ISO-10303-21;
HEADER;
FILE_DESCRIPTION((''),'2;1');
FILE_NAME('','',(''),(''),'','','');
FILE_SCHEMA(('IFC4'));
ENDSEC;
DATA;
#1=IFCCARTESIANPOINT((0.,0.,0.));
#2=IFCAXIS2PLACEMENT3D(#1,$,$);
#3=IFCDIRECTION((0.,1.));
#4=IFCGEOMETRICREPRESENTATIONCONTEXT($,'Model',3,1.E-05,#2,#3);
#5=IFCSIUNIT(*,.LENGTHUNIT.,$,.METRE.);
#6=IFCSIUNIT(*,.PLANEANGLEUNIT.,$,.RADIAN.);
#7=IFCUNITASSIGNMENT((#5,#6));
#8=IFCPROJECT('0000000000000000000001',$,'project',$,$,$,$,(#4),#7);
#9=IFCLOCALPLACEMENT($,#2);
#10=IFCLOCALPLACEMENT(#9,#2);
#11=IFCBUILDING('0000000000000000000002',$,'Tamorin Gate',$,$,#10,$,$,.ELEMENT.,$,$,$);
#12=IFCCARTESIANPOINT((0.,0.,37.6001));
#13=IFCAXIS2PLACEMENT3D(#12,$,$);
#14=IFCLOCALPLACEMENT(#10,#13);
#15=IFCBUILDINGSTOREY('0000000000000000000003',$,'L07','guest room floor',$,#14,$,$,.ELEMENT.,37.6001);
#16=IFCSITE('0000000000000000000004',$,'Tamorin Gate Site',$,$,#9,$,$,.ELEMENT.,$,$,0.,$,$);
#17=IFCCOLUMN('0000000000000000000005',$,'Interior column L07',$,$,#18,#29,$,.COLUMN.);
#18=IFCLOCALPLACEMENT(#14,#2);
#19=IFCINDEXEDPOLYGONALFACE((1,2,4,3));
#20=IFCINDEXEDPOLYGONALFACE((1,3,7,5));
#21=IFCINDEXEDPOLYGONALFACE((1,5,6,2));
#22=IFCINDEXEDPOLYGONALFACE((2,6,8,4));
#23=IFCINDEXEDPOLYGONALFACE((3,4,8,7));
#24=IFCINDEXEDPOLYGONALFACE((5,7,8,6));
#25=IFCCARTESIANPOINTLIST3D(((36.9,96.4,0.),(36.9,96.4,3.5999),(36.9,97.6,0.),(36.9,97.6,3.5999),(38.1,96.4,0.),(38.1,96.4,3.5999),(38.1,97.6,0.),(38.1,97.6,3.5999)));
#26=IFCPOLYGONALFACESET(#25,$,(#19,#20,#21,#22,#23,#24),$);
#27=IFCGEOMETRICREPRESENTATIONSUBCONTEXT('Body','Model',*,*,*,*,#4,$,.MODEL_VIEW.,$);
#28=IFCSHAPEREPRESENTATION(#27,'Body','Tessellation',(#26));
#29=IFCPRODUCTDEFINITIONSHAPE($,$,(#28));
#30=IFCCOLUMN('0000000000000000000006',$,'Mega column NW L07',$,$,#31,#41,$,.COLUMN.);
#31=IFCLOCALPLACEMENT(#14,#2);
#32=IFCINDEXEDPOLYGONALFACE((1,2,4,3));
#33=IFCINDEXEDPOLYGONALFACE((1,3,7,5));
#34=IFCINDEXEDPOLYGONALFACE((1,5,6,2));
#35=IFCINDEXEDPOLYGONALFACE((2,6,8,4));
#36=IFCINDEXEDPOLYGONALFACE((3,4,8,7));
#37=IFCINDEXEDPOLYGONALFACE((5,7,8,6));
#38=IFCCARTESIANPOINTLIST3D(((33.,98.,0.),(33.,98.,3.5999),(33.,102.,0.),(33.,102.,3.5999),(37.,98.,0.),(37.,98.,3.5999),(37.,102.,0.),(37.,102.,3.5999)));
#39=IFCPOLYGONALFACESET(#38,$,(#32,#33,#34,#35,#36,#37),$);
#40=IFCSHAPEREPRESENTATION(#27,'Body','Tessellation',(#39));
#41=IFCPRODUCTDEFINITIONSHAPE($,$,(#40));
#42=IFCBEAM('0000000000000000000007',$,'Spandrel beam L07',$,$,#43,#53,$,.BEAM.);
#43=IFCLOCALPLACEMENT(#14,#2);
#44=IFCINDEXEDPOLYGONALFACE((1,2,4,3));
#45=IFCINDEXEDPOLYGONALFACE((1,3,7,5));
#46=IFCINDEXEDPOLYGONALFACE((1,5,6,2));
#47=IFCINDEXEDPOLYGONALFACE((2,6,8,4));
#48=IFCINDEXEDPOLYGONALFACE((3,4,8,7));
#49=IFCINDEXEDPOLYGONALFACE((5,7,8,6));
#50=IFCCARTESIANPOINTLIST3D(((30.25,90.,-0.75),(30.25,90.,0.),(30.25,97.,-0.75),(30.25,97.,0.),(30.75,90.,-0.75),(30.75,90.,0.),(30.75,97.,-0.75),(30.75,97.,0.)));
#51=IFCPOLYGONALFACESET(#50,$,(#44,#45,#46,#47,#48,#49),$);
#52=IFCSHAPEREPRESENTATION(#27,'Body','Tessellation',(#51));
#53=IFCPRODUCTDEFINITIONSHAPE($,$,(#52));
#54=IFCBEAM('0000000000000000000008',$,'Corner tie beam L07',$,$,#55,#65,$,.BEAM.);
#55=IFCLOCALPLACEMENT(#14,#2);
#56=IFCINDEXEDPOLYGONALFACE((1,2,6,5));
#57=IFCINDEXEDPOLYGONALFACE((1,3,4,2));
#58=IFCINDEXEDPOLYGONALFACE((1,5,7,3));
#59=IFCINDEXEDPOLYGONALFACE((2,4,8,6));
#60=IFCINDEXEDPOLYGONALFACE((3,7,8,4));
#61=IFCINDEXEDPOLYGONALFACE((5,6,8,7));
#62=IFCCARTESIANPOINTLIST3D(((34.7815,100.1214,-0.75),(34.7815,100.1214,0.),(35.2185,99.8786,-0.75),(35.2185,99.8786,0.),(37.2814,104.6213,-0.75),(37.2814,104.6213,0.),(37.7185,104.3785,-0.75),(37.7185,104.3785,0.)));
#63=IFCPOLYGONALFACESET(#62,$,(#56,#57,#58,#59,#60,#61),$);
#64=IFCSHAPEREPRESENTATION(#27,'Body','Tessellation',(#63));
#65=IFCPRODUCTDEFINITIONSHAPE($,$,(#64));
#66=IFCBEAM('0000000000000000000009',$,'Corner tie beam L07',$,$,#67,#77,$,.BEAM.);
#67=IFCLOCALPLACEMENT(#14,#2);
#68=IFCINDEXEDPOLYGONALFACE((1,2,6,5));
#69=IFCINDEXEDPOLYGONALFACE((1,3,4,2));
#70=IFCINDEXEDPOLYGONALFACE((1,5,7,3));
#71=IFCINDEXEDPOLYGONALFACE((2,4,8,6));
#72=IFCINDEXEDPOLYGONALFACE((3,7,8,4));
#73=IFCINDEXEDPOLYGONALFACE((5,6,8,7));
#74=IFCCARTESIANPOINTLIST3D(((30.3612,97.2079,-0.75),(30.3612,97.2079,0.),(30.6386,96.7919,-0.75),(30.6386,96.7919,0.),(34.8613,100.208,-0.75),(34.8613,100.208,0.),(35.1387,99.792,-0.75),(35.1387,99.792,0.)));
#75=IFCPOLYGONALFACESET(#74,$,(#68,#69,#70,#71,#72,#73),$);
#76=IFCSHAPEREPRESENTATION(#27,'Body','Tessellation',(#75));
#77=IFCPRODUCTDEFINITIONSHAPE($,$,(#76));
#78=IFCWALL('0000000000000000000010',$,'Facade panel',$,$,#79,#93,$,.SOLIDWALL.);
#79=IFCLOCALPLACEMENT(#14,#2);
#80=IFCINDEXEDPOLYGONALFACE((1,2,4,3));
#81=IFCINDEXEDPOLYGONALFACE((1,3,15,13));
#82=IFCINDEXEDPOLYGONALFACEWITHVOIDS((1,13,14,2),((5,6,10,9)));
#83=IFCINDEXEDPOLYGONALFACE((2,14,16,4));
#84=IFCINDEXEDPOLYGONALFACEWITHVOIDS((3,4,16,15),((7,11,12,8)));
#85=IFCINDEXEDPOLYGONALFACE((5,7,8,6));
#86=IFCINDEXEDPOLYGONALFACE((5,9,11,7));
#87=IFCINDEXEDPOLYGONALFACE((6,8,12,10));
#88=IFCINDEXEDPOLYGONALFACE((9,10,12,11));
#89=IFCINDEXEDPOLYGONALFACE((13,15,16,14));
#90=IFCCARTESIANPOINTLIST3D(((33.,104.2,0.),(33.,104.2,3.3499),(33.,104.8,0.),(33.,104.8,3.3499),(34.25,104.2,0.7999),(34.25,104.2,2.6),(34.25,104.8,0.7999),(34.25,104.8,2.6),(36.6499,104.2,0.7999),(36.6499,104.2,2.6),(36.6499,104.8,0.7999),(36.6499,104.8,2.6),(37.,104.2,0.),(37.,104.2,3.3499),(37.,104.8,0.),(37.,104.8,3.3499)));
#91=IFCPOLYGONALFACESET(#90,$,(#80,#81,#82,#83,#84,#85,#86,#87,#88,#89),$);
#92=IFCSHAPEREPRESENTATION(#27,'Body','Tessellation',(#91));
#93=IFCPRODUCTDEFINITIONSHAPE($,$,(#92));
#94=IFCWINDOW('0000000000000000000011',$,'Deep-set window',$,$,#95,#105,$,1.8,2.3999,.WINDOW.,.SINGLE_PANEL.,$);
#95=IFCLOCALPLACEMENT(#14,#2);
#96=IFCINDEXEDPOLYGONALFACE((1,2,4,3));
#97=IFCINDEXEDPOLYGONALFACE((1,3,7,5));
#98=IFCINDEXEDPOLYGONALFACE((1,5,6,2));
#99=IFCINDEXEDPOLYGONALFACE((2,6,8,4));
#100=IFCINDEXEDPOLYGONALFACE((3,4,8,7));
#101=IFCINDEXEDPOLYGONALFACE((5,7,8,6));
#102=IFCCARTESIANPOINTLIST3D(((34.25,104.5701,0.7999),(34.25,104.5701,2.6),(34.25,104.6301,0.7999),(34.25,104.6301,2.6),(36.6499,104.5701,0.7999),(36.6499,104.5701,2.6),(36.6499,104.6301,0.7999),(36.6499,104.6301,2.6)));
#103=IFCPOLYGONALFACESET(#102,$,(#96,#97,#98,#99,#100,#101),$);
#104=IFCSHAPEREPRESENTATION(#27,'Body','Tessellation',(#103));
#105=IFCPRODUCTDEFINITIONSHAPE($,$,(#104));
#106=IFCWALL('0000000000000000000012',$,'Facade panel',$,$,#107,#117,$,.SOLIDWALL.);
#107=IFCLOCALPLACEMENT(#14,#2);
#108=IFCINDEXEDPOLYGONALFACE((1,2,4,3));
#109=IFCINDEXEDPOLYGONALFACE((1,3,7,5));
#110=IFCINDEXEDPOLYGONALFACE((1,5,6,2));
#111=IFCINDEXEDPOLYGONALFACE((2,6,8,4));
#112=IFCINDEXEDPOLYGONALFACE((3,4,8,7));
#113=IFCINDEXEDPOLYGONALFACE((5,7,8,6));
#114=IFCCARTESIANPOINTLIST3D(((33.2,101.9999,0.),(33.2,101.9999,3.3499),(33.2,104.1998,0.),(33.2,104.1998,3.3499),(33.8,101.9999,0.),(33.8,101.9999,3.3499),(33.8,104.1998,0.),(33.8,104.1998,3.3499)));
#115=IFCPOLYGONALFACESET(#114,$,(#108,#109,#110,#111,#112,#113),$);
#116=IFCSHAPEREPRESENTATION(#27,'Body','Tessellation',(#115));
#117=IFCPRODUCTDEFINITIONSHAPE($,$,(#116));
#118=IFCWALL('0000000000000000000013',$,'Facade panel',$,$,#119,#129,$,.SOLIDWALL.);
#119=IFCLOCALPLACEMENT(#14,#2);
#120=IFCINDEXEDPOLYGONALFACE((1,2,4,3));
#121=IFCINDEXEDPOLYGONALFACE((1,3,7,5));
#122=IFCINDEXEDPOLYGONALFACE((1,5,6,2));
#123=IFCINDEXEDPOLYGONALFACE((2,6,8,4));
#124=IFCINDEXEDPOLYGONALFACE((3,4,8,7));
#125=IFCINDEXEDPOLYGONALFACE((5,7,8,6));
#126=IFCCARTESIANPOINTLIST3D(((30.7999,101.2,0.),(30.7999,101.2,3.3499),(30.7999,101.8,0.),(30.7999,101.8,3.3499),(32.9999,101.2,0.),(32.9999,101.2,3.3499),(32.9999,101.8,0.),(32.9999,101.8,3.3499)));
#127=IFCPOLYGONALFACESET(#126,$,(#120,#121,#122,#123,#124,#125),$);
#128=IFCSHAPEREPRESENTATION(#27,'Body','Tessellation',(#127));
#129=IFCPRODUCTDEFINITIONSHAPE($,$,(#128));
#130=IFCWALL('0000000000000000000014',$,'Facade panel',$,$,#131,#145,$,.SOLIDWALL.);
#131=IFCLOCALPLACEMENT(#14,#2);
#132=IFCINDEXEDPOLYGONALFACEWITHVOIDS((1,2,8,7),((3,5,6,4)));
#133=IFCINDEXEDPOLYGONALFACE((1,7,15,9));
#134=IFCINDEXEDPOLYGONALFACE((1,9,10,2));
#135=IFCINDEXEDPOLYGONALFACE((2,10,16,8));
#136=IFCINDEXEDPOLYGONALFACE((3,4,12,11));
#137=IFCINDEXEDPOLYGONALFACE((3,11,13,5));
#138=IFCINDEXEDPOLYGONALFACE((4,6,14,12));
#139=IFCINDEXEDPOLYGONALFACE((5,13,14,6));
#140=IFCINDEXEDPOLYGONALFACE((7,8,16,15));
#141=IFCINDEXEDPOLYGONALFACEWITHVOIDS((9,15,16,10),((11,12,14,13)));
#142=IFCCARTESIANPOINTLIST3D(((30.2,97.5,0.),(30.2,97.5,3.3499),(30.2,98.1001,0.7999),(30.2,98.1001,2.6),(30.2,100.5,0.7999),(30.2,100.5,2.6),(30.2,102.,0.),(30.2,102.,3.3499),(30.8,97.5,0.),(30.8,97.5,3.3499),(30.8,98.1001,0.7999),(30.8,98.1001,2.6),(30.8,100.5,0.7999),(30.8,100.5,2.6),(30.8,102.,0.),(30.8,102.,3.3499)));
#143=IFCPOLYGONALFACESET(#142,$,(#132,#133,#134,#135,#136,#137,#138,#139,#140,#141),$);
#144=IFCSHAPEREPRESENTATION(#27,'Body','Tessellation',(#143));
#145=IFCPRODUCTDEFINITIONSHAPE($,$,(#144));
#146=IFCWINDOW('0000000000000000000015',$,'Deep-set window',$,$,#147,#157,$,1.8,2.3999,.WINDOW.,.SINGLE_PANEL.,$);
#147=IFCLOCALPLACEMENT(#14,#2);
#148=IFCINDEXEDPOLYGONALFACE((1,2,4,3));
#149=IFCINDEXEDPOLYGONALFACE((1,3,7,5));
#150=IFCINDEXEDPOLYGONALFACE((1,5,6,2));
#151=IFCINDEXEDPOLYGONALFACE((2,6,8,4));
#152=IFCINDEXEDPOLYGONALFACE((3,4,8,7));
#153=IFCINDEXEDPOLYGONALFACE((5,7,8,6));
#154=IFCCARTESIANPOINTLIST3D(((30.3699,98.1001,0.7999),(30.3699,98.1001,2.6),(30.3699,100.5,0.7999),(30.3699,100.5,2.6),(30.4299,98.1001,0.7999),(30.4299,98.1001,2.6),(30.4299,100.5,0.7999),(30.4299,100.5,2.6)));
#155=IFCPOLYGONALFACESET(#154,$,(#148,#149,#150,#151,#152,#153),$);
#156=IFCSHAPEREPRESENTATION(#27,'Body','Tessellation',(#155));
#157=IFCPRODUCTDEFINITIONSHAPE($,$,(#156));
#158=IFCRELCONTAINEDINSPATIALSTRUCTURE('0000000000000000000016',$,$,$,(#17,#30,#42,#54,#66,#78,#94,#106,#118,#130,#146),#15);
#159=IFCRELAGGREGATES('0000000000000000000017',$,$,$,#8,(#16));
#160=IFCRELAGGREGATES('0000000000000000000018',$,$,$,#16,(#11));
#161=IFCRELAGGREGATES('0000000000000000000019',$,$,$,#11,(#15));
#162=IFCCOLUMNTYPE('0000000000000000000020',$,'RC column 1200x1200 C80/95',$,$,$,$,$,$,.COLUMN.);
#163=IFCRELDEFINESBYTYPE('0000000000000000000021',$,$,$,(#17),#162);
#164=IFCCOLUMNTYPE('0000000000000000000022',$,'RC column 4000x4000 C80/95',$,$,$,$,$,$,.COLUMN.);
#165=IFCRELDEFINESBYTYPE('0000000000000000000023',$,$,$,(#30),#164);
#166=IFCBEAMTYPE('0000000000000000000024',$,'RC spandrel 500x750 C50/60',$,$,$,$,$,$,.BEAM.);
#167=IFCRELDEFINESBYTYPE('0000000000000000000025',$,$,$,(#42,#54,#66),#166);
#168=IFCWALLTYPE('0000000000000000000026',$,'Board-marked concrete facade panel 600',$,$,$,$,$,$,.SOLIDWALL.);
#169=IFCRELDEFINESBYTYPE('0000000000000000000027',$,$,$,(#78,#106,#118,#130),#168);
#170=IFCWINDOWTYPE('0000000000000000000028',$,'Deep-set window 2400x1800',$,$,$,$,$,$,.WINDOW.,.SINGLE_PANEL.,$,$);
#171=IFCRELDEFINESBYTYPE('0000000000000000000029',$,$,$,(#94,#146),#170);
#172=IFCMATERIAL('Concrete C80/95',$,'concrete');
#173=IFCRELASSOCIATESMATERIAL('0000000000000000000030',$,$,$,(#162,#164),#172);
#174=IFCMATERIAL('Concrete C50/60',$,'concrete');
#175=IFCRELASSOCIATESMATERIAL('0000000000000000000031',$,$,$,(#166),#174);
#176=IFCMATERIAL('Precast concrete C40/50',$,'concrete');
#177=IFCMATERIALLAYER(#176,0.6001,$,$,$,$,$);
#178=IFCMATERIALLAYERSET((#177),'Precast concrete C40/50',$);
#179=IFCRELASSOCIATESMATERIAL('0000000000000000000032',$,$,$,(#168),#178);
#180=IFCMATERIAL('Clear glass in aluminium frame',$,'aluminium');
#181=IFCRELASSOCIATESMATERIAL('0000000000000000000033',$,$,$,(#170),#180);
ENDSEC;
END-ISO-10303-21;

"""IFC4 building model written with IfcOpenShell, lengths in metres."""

from ifc_helpers import new_model, si_unit, direction, frame, frame_2d, origin, origin_2d, place, context, subcontext, project, spatial, rectangle, extrude, material, layer, layer_set, material_profile, profile_set, type_object, element, fill, save


model = new_model("IFC4")

# Units and contexts
model_context = context("Model", 3, precision=1e-05, world=origin(), true_north=direction((0.0, 1.0)))
body_context = subcontext(model_context, "Body", "Model", "MODEL_VIEW")
ifc_project = project(units=[si_unit("LENGTHUNIT", "METRE"), si_unit("PLANEANGLEUNIT", "RADIAN")], contexts=[model_context])

# Site, building, storey
site_placement = place(None, origin())
site = spatial("IfcSite", under=ifc_project, at=site_placement, Name="Tamorin Gate Site", CompositionType="ELEMENT", RefElevation=0.0)
building_placement = place(site_placement, origin())
building = spatial("IfcBuilding", under=site, at=building_placement, Name="Tamorin Gate", CompositionType="ELEMENT")
storey_placement = place(building_placement, frame((0.0, 0.0, 37.6001)))
storey = spatial("IfcBuildingStorey", under=building, at=storey_placement, Name="L07", Description="guest room floor", CompositionType="ELEMENT", Elevation=37.6001)

# Columns
ifc_material_1 = material(Name="Concrete C80/95", Category="concrete")
ifc_material_profile_1 = material_profile(ifc_material_1, rectangle(XDim=1.2, YDim=1.2, at=origin_2d()), Name="RC 1200x1200")
ifc_profile_set_1 = profile_set([ifc_material_profile_1], Name="Concrete C80/95")
column_type_1 = type_object("IfcColumnType", Name="RC column 1200x1200 C80/95", PredefinedType="COLUMN", material=ifc_profile_set_1)
column_1_placement = place(storey_placement, frame((37.5, 97.0, 0.0), z_axis=(0.0, 0.0, 1.0), x_axis=(1.0, 0.0, 0.0)))
element("IfcColumn", 1, at=column_1_placement, inside=storey, type_object=column_type_1, Name="Interior column L07", PredefinedType="COLUMN", context=body_context, shape_type="SweptSolid", body=[
    extrude(rectangle(XDim=1.2, YDim=1.2, at=origin_2d()), origin(), (0.0, 0.0, 1.0), 3.5999),
])
ifc_material_profile_2 = material_profile(ifc_material_1, rectangle(XDim=4.0, YDim=4.0, at=origin_2d()), Name="RC 4000x4000")
ifc_profile_set_2 = profile_set([ifc_material_profile_2], Name="Concrete C80/95")
column_type_2 = type_object("IfcColumnType", Name="RC column 4000x4000 C80/95", PredefinedType="COLUMN", material=ifc_profile_set_2)
column_2_placement = place(storey_placement, frame((35.0, 100.0, 0.0), z_axis=(0.0, 0.0, 1.0), x_axis=(1.0, 0.0, 0.0)))
element("IfcColumn", 2, at=column_2_placement, inside=storey, type_object=column_type_2, Name="Mega column NW L07", PredefinedType="COLUMN", context=body_context, shape_type="SweptSolid", body=[
    extrude(rectangle(XDim=4.0, YDim=4.0, at=origin_2d()), origin(), (0.0, 0.0, 1.0), 3.5999),
])

# Beams
ifc_material_2 = material(Name="Concrete C50/60", Category="concrete")
ifc_material_profile_3 = material_profile(ifc_material_2, rectangle(XDim=0.5, YDim=0.75, at=origin_2d()), Name="RC 500x750")
ifc_profile_set_3 = profile_set([ifc_material_profile_3], Name="Concrete C50/60")
beam_type = type_object("IfcBeamType", Name="RC spandrel 500x750 C50/60", PredefinedType="BEAM", material=ifc_profile_set_3)
beam_1_placement = place(storey_placement, frame((30.5, 97.0, -0.375), z_axis=(0.0, -1.0, 0.0), x_axis=(1.0, 0.0, 0.0)))
element("IfcBeam", 3, at=beam_1_placement, inside=storey, type_object=beam_type, Name="Spandrel beam L07", PredefinedType="BEAM", context=body_context, shape_type="SweptSolid", body=[
    extrude(rectangle(XDim=0.5, YDim=0.75, at=origin_2d()), origin(), (0.0, 0.0, 1.0), 7.0),
])
beam_2_placement = place(storey_placement, frame((35.0, 100.0, -0.375), z_axis=(0.485643, 0.874157, 0.0), x_axis=(-0.874157, 0.485643, 0.0)))
element("IfcBeam", 4, at=beam_2_placement, inside=storey, type_object=beam_type, Name="Corner tie beam L07", PredefinedType="BEAM", context=body_context, shape_type="SweptSolid", body=[
    extrude(rectangle(XDim=0.5, YDim=0.75, at=origin_2d()), origin(), (0.0, 0.0, 1.0), 5.1477),
])
beam_3_placement = place(storey_placement, frame((35.0, 100.0, -0.375), z_axis=(-0.83205, -0.5547, 0.0), x_axis=(0.5547, -0.83205, 0.0)))
element("IfcBeam", 5, at=beam_3_placement, inside=storey, type_object=beam_type, Name="Corner tie beam L07", PredefinedType="BEAM", context=body_context, shape_type="SweptSolid", body=[
    extrude(rectangle(XDim=0.5, YDim=0.75, at=origin_2d()), origin(), (0.0, 0.0, 1.0), 5.4084),
])

# Wall, opening, window
ifc_material_3 = material(Name="Precast concrete C40/50", Category="concrete")
ifc_layer_1 = layer(ifc_material_3, 0.6001)
ifc_layer_set_1 = layer_set([ifc_layer_1], Name="Precast concrete C40/50")
wall_type_1 = type_object("IfcWallType", Name="Board-marked concrete facade panel 600", PredefinedType="SOLIDWALL", material=ifc_layer_set_1)
wall_1_placement = place(storey_placement, frame((37.0, 104.5, 0.0), z_axis=(0.0, 0.0, 1.0), x_axis=(-1.0, 0.0, 0.0)))
wall_1 = element("IfcWall", 6, at=wall_1_placement, inside=storey, type_object=wall_type_1, Name="Facade panel", PredefinedType="SOLIDWALL", context=body_context, shape_type="SweptSolid", body=[
    extrude(rectangle(XDim=4.0, YDim=0.6001, at=frame_2d((2.0, 0.0))), origin(), (0.0, 0.0, 1.0), 3.3499),
])
opening_1_placement = place(wall_1_placement, frame((0.3501, 0.0, 0.8)))
opening_1 = element("IfcOpeningElement", 7, at=opening_1_placement, cuts=wall_1, PredefinedType="OPENING", context=body_context, shape_type="SweptSolid", body=[
    extrude(rectangle(XDim=2.3999, YDim=1.8, at=frame_2d((1.2, 0.8999))), frame((0.0, 0.3101, 0.0), z_axis=(0.0, -1.0, 0.0), x_axis=(1.0, 0.0, 0.0)), (0.0, 0.0, 1.0), 0.6201),
])
ifc_material_4 = material(Name="Clear glass in aluminium frame", Category="aluminium")
window_type = type_object("IfcWindowType", Name="Deep-set window 2400x1800", PartitioningType="SINGLE_PANEL", PredefinedType="WINDOW", material=ifc_material_4)
window_1_placement = place(opening_1_placement, origin())
window_1 = element("IfcWindow", 8, at=window_1_placement, inside=storey, type_object=window_type, Name="Deep-set window", OverallHeight=1.8, OverallWidth=2.3999, PartitioningType="SINGLE_PANEL", PredefinedType="WINDOW", context=body_context, shape_type="SweptSolid", body=[
    extrude(rectangle(XDim=2.3999, YDim=1.8, at=frame_2d((1.2, 0.8999))), frame((0.0, -0.0701, 0.0), z_axis=(0.0, -1.0, 0.0), x_axis=(1.0, 0.0, 0.0)), (0.0, 0.0, 1.0), 0.0601),
])
fill(opening_1, window_1)

# Walls
for number, where, z_axis, x_axis, name in (
    (9, (33.5, 104.2, 0.0), (0.0, 0.0, 1.0), (0.0, -1.0, 0.0), "Facade panel"),
    (10, (33.0, 101.5, 0.0), (0.0, 0.0, 1.0), (-1.0, 0.0, 0.0), "Facade panel"),
):
    element("IfcWall", number, at=place(storey_placement, frame(where, z_axis=z_axis, x_axis=x_axis)), inside=storey, type_object=wall_type_1, Name=name, PredefinedType="SOLIDWALL", context=body_context, shape_type="SweptSolid", body=[
        extrude(rectangle(XDim=2.2, YDim=0.6001, at=frame_2d((1.1001, 0.0))), origin(), (0.0, 0.0, 1.0), 3.3499),
    ])

# Wall, opening, window
wall_2_placement = place(storey_placement, frame((30.5, 102.0, 0.0), z_axis=(0.0, 0.0, 1.0), x_axis=(0.0, -1.0, 0.0)))
wall_2 = element("IfcWall", 11, at=wall_2_placement, inside=storey, type_object=wall_type_1, Name="Facade panel", PredefinedType="SOLIDWALL", context=body_context, shape_type="SweptSolid", body=[
    extrude(rectangle(XDim=4.5, YDim=0.6001, at=frame_2d((2.25, 0.0))), origin(), (0.0, 0.0, 1.0), 3.3499),
])
opening_2_placement = place(wall_2_placement, frame((1.5, 0.0, 0.8)))
opening_2 = element("IfcOpeningElement", 12, at=opening_2_placement, cuts=wall_2, PredefinedType="OPENING", context=body_context, shape_type="SweptSolid", body=[
    extrude(rectangle(XDim=2.3999, YDim=1.8, at=frame_2d((1.2, 0.8999))), frame((0.0, 0.3101, 0.0), z_axis=(0.0, -1.0, 0.0), x_axis=(1.0, 0.0, 0.0)), (0.0, 0.0, 1.0), 0.6201),
])
window_2_placement = place(opening_2_placement, origin())
window_2 = element("IfcWindow", 13, at=window_2_placement, inside=storey, type_object=window_type, Name="Deep-set window", OverallHeight=1.8, OverallWidth=2.3999, PartitioningType="SINGLE_PANEL", PredefinedType="WINDOW", context=body_context, shape_type="SweptSolid", body=[
    extrude(rectangle(XDim=2.3999, YDim=1.8, at=frame_2d((1.2, 0.8999))), frame((0.0, -0.0701, 0.0), z_axis=(0.0, -1.0, 0.0), x_axis=(1.0, 0.0, 0.0)), (0.0, 0.0, 1.0), 0.0601),
])
fill(opening_2, window_2)

save(model, "model.ifc")
